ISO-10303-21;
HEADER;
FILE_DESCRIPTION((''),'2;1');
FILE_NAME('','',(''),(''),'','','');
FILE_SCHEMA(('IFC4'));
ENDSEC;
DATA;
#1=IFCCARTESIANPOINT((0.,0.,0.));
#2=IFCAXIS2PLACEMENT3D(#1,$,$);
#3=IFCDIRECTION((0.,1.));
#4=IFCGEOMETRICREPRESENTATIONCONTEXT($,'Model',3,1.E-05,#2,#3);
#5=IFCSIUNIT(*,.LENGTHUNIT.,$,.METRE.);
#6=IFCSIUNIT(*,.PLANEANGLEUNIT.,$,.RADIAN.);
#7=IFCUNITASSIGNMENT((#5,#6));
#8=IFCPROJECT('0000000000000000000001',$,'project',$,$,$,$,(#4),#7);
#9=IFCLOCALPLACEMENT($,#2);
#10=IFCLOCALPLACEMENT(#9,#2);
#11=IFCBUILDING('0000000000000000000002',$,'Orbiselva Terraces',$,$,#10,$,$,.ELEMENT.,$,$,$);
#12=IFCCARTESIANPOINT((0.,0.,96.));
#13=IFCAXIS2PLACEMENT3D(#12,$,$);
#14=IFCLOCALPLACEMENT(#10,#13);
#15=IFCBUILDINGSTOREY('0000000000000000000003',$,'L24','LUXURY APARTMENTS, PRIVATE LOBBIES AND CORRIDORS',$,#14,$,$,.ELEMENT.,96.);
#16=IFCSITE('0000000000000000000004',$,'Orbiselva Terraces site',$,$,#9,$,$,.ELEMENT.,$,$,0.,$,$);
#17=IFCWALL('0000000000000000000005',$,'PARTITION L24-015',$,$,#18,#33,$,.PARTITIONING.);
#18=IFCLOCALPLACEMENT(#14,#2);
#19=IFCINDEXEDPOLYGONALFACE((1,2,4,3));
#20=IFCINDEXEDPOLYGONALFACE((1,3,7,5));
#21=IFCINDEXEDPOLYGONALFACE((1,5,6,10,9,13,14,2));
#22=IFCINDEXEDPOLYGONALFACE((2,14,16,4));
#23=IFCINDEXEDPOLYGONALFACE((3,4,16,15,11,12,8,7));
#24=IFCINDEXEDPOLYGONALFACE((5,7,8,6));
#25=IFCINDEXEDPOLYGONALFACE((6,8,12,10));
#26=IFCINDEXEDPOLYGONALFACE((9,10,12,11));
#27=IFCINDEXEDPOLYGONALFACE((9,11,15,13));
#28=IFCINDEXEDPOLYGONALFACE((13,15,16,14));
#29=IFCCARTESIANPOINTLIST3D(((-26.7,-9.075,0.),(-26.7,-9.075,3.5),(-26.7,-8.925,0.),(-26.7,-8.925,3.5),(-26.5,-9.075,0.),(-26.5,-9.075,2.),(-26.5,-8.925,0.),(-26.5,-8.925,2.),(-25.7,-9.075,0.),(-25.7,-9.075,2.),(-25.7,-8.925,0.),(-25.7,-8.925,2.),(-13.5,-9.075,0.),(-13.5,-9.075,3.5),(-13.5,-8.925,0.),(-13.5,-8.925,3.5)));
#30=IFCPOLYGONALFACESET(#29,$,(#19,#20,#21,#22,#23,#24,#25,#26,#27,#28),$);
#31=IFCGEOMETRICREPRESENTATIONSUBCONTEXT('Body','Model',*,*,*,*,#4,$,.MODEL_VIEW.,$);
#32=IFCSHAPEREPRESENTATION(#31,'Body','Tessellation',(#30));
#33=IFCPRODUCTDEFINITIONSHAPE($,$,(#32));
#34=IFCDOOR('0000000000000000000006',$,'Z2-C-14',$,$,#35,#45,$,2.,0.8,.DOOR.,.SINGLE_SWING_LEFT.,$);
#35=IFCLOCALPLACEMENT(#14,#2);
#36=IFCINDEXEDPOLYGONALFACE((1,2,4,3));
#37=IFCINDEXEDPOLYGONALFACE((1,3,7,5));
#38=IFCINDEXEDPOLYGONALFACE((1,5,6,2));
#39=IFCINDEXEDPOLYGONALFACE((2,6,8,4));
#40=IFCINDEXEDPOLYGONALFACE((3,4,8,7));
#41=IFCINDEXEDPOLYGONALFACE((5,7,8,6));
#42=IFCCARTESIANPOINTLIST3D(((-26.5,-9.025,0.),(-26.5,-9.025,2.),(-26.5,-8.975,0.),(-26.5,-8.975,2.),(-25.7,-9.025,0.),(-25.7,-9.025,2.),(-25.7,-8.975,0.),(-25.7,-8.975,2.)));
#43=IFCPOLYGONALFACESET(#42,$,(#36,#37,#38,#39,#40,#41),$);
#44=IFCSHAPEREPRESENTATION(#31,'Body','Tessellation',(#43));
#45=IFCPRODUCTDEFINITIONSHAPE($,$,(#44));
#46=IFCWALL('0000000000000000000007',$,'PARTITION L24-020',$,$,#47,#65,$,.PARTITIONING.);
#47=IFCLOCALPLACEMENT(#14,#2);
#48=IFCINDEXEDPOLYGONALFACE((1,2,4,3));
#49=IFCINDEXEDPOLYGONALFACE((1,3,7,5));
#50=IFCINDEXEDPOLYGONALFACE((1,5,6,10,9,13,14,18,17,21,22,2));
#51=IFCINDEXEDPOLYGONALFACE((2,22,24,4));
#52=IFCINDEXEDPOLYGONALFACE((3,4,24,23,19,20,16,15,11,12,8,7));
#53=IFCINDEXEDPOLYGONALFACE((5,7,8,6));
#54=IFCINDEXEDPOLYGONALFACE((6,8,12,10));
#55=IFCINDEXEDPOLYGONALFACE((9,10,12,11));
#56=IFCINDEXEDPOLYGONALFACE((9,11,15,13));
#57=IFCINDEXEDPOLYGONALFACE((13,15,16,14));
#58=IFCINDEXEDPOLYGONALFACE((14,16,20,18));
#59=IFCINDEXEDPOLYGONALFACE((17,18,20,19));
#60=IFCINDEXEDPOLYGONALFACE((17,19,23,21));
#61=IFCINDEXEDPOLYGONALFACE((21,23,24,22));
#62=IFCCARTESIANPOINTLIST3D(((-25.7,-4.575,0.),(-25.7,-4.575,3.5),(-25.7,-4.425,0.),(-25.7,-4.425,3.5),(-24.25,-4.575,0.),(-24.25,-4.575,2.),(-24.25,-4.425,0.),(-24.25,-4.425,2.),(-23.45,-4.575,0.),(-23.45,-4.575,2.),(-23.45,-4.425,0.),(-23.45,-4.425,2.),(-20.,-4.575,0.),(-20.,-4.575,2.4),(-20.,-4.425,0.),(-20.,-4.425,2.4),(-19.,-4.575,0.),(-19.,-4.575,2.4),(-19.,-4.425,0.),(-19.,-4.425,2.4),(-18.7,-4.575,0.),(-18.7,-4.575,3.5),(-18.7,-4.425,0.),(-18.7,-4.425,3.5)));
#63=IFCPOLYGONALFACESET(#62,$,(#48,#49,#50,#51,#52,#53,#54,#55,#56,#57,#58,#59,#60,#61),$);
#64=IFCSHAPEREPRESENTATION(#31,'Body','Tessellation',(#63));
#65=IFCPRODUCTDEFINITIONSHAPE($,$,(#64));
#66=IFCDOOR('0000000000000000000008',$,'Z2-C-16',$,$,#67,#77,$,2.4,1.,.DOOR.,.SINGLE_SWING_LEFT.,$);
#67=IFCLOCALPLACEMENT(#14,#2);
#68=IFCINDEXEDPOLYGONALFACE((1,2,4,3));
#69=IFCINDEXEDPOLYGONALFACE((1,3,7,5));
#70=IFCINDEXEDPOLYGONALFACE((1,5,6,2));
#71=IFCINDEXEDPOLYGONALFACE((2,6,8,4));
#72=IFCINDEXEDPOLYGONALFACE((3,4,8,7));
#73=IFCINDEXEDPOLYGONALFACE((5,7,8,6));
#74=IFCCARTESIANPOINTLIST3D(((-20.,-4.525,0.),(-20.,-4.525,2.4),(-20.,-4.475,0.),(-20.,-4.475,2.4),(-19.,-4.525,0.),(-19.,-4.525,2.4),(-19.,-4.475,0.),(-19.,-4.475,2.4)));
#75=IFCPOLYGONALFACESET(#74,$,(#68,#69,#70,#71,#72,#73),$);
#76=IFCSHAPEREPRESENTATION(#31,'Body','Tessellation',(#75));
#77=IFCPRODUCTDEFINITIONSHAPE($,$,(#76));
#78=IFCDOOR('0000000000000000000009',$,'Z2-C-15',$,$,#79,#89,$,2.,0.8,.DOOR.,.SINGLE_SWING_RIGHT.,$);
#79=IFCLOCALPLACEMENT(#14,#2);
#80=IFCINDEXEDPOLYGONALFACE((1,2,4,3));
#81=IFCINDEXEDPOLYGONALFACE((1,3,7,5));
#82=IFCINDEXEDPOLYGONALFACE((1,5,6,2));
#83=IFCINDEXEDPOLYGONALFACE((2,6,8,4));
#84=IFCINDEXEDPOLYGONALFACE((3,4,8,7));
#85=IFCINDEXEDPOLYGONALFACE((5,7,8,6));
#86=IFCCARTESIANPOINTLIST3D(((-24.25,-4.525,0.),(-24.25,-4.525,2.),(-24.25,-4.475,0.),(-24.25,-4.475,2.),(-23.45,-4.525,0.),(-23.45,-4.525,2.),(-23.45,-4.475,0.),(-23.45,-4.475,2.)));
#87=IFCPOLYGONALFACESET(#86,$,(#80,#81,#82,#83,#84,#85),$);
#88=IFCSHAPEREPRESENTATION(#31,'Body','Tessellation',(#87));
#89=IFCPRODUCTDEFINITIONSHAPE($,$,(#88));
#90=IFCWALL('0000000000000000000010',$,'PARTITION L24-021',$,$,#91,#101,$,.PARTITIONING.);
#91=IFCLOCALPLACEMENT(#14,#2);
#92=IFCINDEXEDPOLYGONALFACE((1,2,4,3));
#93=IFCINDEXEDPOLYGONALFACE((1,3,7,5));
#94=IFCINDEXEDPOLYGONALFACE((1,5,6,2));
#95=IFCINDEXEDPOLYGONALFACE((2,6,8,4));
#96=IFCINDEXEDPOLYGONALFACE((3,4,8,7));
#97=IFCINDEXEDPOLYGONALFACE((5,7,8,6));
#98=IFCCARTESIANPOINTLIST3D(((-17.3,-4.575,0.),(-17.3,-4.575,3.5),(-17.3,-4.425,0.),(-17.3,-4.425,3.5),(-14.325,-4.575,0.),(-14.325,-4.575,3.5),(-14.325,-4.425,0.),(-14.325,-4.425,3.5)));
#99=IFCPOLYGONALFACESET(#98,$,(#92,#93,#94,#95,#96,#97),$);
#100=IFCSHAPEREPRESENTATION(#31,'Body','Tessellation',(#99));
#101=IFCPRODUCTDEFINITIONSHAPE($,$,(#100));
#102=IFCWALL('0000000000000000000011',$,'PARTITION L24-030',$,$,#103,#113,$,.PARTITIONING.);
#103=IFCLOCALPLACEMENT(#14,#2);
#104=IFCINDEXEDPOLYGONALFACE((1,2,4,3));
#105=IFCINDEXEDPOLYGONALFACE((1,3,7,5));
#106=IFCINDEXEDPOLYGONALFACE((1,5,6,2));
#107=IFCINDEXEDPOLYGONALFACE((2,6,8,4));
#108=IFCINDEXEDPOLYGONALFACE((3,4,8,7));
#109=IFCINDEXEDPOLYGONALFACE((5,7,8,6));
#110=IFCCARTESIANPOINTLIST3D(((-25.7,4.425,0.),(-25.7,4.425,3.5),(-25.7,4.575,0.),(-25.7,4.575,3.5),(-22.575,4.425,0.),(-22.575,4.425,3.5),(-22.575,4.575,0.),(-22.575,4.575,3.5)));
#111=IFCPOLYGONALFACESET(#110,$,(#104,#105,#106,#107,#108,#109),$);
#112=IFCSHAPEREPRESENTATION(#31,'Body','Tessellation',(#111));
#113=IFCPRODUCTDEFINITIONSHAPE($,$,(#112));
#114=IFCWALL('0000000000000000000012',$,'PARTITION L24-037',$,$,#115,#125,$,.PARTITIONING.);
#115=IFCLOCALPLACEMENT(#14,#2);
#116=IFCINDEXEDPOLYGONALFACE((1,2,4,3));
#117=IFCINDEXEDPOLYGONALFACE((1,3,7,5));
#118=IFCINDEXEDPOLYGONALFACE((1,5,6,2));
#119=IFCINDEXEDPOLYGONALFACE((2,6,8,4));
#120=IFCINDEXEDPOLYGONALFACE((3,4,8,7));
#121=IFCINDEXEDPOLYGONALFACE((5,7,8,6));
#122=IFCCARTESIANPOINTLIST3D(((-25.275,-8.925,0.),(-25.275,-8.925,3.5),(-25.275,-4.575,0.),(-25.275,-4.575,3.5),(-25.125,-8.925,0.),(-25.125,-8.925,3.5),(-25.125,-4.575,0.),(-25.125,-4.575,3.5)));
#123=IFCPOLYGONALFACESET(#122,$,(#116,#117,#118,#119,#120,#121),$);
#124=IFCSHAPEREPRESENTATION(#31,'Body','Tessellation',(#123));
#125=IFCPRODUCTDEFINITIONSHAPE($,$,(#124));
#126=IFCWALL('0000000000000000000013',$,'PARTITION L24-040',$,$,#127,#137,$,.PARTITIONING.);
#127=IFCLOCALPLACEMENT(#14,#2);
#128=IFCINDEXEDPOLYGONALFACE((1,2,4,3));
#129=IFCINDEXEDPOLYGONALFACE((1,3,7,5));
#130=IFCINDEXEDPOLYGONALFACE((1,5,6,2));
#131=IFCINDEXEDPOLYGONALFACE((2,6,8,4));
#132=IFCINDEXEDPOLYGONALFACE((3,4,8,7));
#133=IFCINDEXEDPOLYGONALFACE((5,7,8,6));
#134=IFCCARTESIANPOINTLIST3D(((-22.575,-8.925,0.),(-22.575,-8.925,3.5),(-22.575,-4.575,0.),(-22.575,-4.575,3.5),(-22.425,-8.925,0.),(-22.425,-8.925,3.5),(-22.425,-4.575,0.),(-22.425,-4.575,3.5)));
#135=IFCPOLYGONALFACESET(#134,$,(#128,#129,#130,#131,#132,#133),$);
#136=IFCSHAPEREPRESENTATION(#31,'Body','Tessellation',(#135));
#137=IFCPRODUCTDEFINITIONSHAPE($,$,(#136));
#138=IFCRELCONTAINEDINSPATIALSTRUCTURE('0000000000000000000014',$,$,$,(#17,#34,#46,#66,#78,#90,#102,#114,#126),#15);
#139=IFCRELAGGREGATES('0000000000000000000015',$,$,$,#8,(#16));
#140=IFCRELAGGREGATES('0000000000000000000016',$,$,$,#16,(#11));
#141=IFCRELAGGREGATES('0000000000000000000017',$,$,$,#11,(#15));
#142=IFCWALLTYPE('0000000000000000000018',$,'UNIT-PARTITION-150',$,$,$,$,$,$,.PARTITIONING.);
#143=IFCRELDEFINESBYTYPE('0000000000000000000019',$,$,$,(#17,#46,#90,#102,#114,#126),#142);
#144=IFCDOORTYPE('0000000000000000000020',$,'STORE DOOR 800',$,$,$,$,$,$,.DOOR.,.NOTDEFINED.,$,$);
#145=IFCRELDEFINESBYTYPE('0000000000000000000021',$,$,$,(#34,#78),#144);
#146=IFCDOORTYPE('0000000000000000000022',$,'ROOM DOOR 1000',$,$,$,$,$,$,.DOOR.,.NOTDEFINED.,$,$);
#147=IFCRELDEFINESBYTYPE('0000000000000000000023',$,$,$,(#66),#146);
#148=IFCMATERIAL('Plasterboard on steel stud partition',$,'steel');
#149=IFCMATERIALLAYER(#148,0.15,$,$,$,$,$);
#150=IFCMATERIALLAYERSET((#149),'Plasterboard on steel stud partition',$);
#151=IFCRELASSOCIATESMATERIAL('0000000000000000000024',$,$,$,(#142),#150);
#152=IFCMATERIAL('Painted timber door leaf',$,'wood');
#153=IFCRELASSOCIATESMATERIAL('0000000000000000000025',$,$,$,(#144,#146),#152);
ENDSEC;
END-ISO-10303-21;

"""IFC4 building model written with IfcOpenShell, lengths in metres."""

from ifc_helpers import new_model, si_unit, direction, frame, frame_2d, origin, place, context, subcontext, project, spatial, rectangle, extrude, material, layer, layer_set, type_object, element, fill, save


model = new_model("IFC4")

# Units and contexts
model_context = context("Model", 3, precision=1e-05, world=origin(), true_north=direction((0.0, 1.0)))
body_context = subcontext(model_context, "Body", "Model", "MODEL_VIEW")
ifc_project = project(units=[si_unit("LENGTHUNIT", "METRE"), si_unit("PLANEANGLEUNIT", "RADIAN")], contexts=[model_context])

# Site, building, storey
site_placement = place(None, origin())
site = spatial("IfcSite", under=ifc_project, at=site_placement, Name="Orbiselva Terraces site", CompositionType="ELEMENT", RefElevation=0.0)
building_placement = place(site_placement, origin())
building = spatial("IfcBuilding", under=site, at=building_placement, Name="Orbiselva Terraces", CompositionType="ELEMENT")
storey_placement = place(building_placement, frame((0.0, 0.0, 96.0)))
storey = spatial("IfcBuildingStorey", under=building, at=storey_placement, Name="L24", Description="LUXURY APARTMENTS, PRIVATE LOBBIES AND CORRIDORS", CompositionType="ELEMENT", Elevation=96.0)

# Shared definitions
ifc_material_1 = material(Name="Plasterboard on steel stud partition", Category="steel")

# Wall, opening, door
ifc_layer_1 = layer(ifc_material_1, 0.15)
ifc_layer_set_1 = layer_set([ifc_layer_1], Name="Plasterboard on steel stud partition")
wall_type_1 = type_object("IfcWallType", Name="UNIT-PARTITION-150", PredefinedType="PARTITIONING", material=ifc_layer_set_1)
wall_1_placement = place(storey_placement, frame((-26.7, -9.0, 0.0), z_axis=(0.0, 0.0, 1.0), x_axis=(1.0, 0.0, 0.0)))
wall_1 = element("IfcWall", 1, at=wall_1_placement, inside=storey, type_object=wall_type_1, Name="PARTITION L24-015", PredefinedType="PARTITIONING", context=body_context, shape_type="SweptSolid", body=[
    extrude(rectangle(XDim=13.2, YDim=0.15, at=frame_2d((6.6, 0.0))), origin(), (0.0, 0.0, 1.0), 3.5),
])
opening_1_placement = place(wall_1_placement, frame((0.2, 0.0, 0.0)))
opening_1 = element("IfcOpeningElement", 2, at=opening_1_placement, cuts=wall_1, PredefinedType="OPENING", context=body_context, shape_type="SweptSolid", body=[
    extrude(rectangle(XDim=0.8, YDim=2.0, at=frame_2d((0.4, 1.0))), frame((0.0, 0.085, 0.0), z_axis=(0.0, -1.0, 0.0), x_axis=(1.0, 0.0, 0.0)), (0.0, 0.0, 1.0), 0.17),
])
ifc_material_2 = material(Name="Painted timber door leaf", Category="wood")
door_type_1 = type_object("IfcDoorType", Name="STORE DOOR 800", OperationType="NOTDEFINED", PredefinedType="DOOR", material=ifc_material_2)
door_1_placement = place(opening_1_placement, origin())
door_1 = element("IfcDoor", 3, at=door_1_placement, inside=storey, type_object=door_type_1, Name="Z2-C-14", OperationType="SINGLE_SWING_LEFT", OverallHeight=2.0, OverallWidth=0.8, PredefinedType="DOOR", context=body_context, shape_type="SweptSolid", body=[
    extrude(rectangle(XDim=0.8, YDim=2.0, at=frame_2d((0.4, 1.0))), frame((0.0, 0.025, 0.0), z_axis=(0.0, -1.0, 0.0), x_axis=(1.0, 0.0, 0.0)), (0.0, 0.0, 1.0), 0.05),
])
fill(opening_1, door_1)

# Wall, openings, doors
wall_2_placement = place(storey_placement, frame((-18.7, -4.5, 0.0), z_axis=(0.0, 0.0, 1.0), x_axis=(-1.0, 0.0, 0.0)))
wall_2 = element("IfcWall", 4, at=wall_2_placement, inside=storey, type_object=wall_type_1, Name="PARTITION L24-020", PredefinedType="PARTITIONING", context=body_context, shape_type="SweptSolid", body=[
    extrude(rectangle(XDim=7.0, YDim=0.15, at=frame_2d((3.5, 0.0))), origin(), (0.0, 0.0, 1.0), 3.5),
])
opening_2_placement = place(wall_2_placement, frame((4.75, 0.0, 0.0)))
opening_2 = element("IfcOpeningElement", 5, at=opening_2_placement, cuts=wall_2, PredefinedType="OPENING", context=body_context, shape_type="SweptSolid", body=[
    extrude(rectangle(XDim=0.8, YDim=2.0, at=frame_2d((0.4, 1.0))), frame((0.0, 0.085, 0.0), z_axis=(0.0, -1.0, 0.0), x_axis=(1.0, 0.0, 0.0)), (0.0, 0.0, 1.0), 0.17),
])
opening_3_placement = place(wall_2_placement, frame((0.3, 0.0, 0.0)))
opening_3 = element("IfcOpeningElement", 6, at=opening_3_placement, cuts=wall_2, PredefinedType="OPENING", context=body_context, shape_type="SweptSolid", body=[
    extrude(rectangle(XDim=1.0, YDim=2.4, at=frame_2d((0.5, 1.2))), frame((0.0, 0.085, 0.0), z_axis=(0.0, -1.0, 0.0), x_axis=(1.0, 0.0, 0.0)), (0.0, 0.0, 1.0), 0.17),
])
door_type_2 = type_object("IfcDoorType", Name="ROOM DOOR 1000", OperationType="NOTDEFINED", PredefinedType="DOOR", material=ifc_material_2)
door_2_placement = place(opening_3_placement, origin())
door_2 = element("IfcDoor", 7, at=door_2_placement, inside=storey, type_object=door_type_2, Name="Z2-C-16", OperationType="SINGLE_SWING_LEFT", OverallHeight=2.4, OverallWidth=1.0, PredefinedType="DOOR", context=body_context, shape_type="SweptSolid", body=[
    extrude(rectangle(XDim=1.0, YDim=2.4, at=frame_2d((0.5, 1.2))), frame((0.0, 0.025, 0.0), z_axis=(0.0, -1.0, 0.0), x_axis=(1.0, 0.0, 0.0)), (0.0, 0.0, 1.0), 0.05),
])
fill(opening_3, door_2)
door_3_placement = place(opening_2_placement, origin())
door_3 = element("IfcDoor", 8, at=door_3_placement, inside=storey, type_object=door_type_1, Name="Z2-C-15", OperationType="SINGLE_SWING_RIGHT", OverallHeight=2.0, OverallWidth=0.8, PredefinedType="DOOR", context=body_context, shape_type="SweptSolid", body=[
    extrude(rectangle(XDim=0.8, YDim=2.0, at=frame_2d((0.4, 1.0))), frame((0.0, 0.025, 0.0), z_axis=(0.0, -1.0, 0.0), x_axis=(1.0, 0.0, 0.0)), (0.0, 0.0, 1.0), 0.05),
])
fill(opening_2, door_3)

# Walls
wall_3_placement = place(storey_placement, frame((-17.3, -4.5, 0.0), z_axis=(0.0, 0.0, 1.0), x_axis=(1.0, 0.0, 0.0)))
element("IfcWall", 9, at=wall_3_placement, inside=storey, type_object=wall_type_1, Name="PARTITION L24-021", PredefinedType="PARTITIONING", context=body_context, shape_type="SweptSolid", body=[
    extrude(rectangle(XDim=2.975, YDim=0.15, at=frame_2d((1.4875, 0.0))), origin(), (0.0, 0.0, 1.0), 3.5),
])
wall_4_placement = place(storey_placement, frame((-25.7, 4.5, 0.0), z_axis=(0.0, 0.0, 1.0), x_axis=(1.0, 0.0, 0.0)))
element("IfcWall", 10, at=wall_4_placement, inside=storey, type_object=wall_type_1, Name="PARTITION L24-030", PredefinedType="PARTITIONING", context=body_context, shape_type="SweptSolid", body=[
    extrude(rectangle(XDim=3.125, YDim=0.15, at=frame_2d((1.5625, 0.0))), origin(), (0.0, 0.0, 1.0), 3.5),
])
for number, where, z_axis, x_axis, name in (
    (11, (-25.2, -8.925, 0.0), (0.0, 0.0, 1.0), (0.0, 1.0, 0.0), "PARTITION L24-037"),
    (12, (-22.5, -8.925, 0.0), (0.0, 0.0, 1.0), (0.0, 1.0, 0.0), "PARTITION L24-040"),
):
    element("IfcWall", number, at=place(storey_placement, frame(where, z_axis=z_axis, x_axis=x_axis)), inside=storey, type_object=wall_type_1, Name=name, PredefinedType="PARTITIONING", context=body_context, shape_type="SweptSolid", body=[
        extrude(rectangle(XDim=4.35, YDim=0.15, at=frame_2d((2.175, 0.0))), origin(), (0.0, 0.0, 1.0), 3.5),
    ])

save(model, "model.ifc")
